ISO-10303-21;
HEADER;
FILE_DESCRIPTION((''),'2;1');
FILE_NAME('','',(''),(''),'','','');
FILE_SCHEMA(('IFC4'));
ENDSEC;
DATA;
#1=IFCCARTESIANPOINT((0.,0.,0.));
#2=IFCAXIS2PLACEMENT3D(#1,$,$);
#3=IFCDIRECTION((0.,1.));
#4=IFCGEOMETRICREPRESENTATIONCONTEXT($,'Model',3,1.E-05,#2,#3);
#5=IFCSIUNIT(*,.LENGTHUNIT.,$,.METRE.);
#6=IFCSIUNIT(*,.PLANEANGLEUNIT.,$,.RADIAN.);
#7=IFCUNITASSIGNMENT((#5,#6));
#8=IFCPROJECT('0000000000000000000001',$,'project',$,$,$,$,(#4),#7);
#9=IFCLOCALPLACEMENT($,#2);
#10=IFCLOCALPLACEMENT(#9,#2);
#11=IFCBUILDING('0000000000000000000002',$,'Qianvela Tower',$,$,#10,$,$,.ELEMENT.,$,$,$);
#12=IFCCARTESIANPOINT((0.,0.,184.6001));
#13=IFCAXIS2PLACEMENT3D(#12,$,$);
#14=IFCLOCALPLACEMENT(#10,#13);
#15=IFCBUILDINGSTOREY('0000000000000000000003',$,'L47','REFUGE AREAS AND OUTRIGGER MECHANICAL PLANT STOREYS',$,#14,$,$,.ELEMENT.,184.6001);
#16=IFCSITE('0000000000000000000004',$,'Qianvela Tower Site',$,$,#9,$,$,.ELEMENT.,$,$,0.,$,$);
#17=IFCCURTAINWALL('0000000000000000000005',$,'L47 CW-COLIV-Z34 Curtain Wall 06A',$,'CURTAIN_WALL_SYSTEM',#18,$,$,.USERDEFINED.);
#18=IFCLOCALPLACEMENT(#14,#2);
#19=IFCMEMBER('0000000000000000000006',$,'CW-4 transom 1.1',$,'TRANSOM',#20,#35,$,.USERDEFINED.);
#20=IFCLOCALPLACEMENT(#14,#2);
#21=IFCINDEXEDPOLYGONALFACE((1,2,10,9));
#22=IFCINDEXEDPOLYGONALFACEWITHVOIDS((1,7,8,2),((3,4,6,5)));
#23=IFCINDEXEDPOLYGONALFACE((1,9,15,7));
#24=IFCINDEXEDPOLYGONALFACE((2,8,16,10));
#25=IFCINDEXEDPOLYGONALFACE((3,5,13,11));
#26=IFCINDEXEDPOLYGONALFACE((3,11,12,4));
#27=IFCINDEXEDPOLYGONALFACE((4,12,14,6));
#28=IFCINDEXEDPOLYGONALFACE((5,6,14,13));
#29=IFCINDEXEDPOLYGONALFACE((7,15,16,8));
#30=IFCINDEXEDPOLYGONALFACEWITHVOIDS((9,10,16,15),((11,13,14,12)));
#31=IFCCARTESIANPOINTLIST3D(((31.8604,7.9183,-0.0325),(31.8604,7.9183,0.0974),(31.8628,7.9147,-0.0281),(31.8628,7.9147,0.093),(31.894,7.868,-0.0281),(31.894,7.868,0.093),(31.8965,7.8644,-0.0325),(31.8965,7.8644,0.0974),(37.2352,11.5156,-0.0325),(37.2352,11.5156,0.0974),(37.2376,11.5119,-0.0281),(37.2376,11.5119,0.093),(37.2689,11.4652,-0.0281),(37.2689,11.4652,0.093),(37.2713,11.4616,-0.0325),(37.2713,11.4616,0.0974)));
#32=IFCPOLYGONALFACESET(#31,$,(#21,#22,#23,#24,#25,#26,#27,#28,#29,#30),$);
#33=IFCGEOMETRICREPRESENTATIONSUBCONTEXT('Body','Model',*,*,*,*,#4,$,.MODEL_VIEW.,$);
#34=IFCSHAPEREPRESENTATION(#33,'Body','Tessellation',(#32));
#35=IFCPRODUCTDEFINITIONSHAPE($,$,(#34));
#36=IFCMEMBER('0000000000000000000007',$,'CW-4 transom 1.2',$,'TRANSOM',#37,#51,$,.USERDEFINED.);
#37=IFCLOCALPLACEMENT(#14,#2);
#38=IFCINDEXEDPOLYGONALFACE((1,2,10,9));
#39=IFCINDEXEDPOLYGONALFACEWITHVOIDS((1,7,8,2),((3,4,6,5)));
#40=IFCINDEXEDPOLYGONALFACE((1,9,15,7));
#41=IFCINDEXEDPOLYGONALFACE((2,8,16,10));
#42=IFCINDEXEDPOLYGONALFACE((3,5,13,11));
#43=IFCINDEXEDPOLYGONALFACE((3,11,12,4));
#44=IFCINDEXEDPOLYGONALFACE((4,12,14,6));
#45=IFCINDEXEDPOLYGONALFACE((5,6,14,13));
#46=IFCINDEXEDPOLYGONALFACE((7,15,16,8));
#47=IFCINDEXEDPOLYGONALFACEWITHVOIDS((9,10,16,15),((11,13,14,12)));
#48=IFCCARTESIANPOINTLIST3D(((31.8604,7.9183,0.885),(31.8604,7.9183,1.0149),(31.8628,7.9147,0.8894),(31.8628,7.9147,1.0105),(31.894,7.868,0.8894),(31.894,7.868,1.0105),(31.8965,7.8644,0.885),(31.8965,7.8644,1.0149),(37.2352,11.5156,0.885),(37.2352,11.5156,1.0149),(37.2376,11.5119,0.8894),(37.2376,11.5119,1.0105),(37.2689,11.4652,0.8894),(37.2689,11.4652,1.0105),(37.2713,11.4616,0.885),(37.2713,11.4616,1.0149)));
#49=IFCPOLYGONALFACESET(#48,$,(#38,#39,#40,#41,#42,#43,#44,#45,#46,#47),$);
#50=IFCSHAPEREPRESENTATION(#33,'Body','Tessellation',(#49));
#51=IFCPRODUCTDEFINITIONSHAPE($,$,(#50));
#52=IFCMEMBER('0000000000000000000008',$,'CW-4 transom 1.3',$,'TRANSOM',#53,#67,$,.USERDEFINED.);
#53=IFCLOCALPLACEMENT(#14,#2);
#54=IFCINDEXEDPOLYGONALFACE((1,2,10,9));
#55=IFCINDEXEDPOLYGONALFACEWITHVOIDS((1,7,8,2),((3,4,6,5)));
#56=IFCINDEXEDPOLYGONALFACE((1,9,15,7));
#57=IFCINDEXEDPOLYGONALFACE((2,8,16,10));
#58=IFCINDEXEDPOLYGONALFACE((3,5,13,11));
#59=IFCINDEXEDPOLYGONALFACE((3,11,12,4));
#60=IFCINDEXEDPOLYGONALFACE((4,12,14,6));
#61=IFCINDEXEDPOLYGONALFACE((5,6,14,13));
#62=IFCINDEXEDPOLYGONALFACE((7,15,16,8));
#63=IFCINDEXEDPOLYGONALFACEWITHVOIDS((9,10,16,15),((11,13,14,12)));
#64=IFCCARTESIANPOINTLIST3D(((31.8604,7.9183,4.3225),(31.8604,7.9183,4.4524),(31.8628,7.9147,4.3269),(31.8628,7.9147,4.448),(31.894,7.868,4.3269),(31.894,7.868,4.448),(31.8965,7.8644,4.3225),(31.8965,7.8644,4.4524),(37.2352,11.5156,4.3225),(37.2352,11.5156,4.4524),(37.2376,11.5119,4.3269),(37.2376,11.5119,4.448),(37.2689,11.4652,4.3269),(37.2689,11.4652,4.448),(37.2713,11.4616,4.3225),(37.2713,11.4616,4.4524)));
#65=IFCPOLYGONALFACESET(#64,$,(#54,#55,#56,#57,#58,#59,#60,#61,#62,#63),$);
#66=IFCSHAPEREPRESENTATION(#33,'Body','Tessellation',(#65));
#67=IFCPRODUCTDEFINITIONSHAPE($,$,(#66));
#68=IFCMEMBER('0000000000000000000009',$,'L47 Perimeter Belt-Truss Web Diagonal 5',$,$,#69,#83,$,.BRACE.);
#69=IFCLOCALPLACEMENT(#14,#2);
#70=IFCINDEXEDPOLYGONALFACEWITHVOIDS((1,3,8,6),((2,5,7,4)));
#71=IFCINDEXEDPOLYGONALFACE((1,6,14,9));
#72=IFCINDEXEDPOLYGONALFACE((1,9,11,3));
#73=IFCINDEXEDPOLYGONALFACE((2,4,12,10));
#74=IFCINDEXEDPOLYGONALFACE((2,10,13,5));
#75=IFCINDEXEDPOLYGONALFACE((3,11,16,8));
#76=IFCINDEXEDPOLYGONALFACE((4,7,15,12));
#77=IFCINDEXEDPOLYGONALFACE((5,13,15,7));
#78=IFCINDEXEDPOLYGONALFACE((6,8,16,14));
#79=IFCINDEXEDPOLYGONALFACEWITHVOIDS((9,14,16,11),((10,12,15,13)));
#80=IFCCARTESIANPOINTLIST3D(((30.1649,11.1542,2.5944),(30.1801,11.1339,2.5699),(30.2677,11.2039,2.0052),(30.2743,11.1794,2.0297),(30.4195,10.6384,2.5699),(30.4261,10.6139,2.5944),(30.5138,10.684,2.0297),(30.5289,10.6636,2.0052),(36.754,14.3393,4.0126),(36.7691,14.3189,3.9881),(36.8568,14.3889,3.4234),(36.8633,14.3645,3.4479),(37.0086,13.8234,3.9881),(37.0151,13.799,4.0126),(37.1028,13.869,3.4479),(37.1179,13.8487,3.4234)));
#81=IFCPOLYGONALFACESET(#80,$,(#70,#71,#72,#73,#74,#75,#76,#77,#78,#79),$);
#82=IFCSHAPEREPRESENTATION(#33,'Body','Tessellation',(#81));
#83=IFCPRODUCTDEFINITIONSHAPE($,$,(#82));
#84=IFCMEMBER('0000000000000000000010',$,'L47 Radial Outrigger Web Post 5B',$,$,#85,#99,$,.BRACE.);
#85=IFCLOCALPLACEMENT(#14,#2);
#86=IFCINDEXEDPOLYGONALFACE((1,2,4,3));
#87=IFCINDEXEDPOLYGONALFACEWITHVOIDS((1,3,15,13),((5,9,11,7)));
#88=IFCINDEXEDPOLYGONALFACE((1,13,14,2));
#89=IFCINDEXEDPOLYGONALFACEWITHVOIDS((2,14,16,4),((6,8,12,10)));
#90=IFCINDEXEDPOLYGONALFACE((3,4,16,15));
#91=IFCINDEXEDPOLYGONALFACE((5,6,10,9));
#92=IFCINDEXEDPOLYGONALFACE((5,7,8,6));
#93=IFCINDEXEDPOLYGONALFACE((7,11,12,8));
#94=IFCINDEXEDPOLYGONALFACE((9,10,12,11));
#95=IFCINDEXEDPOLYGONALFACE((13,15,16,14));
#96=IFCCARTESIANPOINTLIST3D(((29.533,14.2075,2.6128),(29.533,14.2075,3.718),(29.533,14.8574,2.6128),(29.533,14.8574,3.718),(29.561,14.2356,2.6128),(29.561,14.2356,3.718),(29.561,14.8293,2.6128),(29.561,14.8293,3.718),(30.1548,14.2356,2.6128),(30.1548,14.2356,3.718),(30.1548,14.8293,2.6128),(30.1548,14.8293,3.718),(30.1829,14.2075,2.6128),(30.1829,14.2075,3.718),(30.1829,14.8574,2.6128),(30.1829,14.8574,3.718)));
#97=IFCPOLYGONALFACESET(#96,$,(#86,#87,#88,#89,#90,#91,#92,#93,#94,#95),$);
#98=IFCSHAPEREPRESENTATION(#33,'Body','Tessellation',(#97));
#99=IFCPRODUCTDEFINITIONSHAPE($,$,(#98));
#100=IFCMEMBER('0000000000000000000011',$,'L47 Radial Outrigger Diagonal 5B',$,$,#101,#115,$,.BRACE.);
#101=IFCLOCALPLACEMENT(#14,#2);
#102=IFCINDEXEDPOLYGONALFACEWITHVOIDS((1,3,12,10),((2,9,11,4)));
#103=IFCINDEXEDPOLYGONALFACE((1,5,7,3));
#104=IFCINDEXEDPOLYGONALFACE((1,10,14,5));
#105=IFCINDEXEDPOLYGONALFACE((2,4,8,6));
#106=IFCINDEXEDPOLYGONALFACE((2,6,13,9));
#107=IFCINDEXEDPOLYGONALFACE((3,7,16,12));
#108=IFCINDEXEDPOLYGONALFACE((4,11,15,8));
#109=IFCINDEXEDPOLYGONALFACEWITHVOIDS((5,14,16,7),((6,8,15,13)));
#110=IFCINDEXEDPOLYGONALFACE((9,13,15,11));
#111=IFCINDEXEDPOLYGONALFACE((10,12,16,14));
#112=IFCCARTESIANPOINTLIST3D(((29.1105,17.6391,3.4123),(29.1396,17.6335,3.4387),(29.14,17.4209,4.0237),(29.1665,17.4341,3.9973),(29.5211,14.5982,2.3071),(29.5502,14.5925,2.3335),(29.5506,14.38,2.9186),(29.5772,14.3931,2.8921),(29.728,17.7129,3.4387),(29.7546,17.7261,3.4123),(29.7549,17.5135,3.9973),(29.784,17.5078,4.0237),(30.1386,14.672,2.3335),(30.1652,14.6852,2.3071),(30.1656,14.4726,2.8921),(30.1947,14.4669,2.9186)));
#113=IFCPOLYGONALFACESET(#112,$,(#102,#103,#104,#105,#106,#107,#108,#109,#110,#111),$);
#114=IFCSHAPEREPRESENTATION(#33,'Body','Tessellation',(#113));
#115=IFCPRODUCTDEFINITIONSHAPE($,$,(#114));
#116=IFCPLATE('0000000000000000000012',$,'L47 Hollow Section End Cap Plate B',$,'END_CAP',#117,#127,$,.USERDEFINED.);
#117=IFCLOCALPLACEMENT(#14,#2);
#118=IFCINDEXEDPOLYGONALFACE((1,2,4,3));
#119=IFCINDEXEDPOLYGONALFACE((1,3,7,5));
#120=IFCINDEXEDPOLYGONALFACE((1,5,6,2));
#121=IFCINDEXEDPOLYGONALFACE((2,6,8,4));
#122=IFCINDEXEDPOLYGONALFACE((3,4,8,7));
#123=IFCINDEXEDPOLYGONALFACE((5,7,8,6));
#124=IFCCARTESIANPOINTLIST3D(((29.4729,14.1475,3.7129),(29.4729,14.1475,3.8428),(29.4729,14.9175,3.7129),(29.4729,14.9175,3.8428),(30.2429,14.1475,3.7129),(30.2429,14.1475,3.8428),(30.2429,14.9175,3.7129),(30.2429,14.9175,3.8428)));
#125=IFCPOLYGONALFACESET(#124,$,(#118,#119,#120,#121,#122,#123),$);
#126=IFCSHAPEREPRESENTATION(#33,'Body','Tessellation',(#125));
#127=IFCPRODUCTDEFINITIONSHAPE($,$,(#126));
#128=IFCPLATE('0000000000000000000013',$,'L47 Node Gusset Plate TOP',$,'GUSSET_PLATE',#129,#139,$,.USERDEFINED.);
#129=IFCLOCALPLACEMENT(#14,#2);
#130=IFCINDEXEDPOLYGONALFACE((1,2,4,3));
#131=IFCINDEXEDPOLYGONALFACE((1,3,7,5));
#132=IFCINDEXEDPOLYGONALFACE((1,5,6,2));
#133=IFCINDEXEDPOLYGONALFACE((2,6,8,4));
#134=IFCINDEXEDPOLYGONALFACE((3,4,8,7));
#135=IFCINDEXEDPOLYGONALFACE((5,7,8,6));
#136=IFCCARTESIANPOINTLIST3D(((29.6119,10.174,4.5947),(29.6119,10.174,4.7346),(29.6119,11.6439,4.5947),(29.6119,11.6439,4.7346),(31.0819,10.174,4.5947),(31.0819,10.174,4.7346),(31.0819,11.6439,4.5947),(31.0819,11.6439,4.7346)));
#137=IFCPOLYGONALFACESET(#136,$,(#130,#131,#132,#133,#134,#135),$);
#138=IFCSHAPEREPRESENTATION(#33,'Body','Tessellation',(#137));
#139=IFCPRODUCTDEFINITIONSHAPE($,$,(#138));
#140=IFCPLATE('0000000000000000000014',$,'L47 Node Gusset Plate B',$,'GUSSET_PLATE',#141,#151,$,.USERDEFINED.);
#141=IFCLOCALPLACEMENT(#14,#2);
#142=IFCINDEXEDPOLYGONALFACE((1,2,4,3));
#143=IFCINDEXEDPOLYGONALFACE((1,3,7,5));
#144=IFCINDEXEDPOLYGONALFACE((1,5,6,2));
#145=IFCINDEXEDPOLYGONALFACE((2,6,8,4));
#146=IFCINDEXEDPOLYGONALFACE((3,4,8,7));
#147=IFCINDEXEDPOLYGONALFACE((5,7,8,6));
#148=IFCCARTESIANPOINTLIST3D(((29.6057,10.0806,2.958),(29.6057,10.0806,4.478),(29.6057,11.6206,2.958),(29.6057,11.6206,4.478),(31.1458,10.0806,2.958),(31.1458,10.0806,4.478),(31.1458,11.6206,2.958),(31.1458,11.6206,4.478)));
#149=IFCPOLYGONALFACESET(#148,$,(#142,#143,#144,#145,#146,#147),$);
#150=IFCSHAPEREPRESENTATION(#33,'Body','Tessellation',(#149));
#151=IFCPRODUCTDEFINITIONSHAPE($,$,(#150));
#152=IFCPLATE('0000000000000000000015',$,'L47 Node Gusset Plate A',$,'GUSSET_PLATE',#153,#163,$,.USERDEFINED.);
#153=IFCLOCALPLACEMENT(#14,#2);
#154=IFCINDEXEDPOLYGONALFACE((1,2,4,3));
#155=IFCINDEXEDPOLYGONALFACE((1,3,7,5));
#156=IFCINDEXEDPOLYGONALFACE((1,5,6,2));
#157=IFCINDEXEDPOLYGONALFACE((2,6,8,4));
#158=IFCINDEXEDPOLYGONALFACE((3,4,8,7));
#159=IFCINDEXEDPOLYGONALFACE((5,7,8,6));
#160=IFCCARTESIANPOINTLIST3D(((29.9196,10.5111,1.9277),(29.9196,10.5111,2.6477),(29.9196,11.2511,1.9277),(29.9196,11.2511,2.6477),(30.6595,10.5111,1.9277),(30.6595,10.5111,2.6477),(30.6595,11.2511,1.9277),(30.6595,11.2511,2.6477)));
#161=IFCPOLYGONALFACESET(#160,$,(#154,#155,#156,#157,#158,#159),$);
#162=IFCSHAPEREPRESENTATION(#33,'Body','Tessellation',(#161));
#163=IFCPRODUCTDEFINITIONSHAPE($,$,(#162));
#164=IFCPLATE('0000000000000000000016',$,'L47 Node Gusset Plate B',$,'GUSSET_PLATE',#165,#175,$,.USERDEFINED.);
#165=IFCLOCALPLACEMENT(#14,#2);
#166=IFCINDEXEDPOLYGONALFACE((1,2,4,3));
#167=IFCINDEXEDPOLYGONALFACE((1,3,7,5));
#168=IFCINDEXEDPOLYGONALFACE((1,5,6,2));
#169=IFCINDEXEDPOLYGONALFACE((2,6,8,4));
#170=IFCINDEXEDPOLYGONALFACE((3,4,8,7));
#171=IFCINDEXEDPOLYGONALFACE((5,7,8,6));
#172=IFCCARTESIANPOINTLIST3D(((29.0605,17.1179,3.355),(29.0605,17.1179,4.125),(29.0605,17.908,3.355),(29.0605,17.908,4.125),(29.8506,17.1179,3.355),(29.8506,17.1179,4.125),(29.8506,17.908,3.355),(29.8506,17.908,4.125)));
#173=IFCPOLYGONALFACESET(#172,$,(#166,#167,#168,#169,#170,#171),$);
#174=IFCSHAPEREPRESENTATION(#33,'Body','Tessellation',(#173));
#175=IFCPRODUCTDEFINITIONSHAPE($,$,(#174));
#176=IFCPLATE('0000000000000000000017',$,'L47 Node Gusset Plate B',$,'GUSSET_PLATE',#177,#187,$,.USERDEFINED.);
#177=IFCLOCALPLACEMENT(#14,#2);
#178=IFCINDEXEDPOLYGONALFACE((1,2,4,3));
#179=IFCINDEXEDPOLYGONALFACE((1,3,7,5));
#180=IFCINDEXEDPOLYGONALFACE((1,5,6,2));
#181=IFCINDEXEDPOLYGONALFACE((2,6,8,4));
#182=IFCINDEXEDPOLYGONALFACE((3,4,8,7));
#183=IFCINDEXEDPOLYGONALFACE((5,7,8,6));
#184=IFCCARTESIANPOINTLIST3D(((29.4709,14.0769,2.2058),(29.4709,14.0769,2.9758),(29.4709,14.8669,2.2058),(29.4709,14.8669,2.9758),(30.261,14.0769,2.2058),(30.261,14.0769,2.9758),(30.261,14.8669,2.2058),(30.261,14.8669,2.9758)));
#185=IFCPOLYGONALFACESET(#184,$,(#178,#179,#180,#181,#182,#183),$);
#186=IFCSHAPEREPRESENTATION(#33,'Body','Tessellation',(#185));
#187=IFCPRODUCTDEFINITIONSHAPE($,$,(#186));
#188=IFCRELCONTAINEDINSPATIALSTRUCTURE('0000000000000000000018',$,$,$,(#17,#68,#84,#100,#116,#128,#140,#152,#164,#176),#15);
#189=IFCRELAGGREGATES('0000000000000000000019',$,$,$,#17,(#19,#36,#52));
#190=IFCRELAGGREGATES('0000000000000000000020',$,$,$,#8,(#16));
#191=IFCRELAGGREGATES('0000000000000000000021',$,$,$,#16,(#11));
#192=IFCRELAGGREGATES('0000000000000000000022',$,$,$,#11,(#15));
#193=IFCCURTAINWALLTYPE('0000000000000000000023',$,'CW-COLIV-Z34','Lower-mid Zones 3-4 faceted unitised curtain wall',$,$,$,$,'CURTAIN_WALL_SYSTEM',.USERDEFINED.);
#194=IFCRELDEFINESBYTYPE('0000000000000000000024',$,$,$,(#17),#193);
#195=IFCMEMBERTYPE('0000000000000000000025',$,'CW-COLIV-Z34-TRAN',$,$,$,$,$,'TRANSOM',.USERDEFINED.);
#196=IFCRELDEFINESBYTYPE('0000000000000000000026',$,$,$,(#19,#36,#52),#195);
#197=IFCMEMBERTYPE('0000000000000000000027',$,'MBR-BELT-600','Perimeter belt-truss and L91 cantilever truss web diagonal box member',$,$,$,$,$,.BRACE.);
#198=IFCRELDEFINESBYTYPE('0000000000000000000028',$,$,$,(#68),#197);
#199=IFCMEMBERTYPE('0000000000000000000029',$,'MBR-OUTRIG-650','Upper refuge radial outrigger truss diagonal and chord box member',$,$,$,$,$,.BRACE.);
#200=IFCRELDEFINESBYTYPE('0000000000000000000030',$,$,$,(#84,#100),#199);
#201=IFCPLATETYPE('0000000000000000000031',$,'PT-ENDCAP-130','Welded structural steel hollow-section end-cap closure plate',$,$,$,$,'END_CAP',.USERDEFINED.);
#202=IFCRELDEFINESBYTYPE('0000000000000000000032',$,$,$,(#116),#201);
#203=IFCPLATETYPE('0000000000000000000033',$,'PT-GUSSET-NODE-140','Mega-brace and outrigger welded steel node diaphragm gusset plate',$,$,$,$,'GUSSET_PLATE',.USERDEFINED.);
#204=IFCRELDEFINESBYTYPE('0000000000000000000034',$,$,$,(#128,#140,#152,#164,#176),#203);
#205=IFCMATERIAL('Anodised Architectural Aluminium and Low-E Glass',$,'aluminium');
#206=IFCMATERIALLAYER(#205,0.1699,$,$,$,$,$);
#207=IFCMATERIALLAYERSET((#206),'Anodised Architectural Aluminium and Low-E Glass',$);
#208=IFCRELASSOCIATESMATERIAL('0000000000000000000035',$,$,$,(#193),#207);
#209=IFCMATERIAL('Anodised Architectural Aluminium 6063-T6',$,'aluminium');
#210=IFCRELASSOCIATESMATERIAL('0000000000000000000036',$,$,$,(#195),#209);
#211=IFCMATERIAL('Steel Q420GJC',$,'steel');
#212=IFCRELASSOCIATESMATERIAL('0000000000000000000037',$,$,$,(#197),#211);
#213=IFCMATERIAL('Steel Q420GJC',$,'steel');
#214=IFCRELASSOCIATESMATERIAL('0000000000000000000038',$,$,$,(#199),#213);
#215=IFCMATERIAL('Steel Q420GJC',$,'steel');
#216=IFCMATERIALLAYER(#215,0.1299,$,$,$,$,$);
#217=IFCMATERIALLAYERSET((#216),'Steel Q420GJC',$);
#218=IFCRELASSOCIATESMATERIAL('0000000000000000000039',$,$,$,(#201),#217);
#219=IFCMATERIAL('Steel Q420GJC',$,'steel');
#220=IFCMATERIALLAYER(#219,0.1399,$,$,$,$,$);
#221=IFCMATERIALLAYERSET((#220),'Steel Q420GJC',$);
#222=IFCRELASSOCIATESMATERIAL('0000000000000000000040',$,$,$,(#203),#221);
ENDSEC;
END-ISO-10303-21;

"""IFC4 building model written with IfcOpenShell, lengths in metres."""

from ifc_helpers import new_model, si_unit, direction, frame, origin, origin_2d, place, context, subcontext, project, spatial, rectangle, hollow_rectangle, extrude, material, layer, layer_set, material_profile, profile_set, type_object, element, aggregate, save


model = new_model("IFC4")

# Units and contexts
model_context = context("Model", 3, precision=1e-05, world=origin(), true_north=direction((0.0, 1.0)))
body_context = subcontext(model_context, "Body", "Model", "MODEL_VIEW")
ifc_project = project(units=[si_unit("LENGTHUNIT", "METRE"), si_unit("PLANEANGLEUNIT", "RADIAN")], contexts=[model_context])

# Site, building, storey
site_placement = place(None, origin())
site = spatial("IfcSite", under=ifc_project, at=site_placement, Name="Qianvela Tower Site", CompositionType="ELEMENT", RefElevation=0.0)
building_placement = place(site_placement, origin())
building = spatial("IfcBuilding", under=site, at=building_placement, Name="Qianvela Tower", CompositionType="ELEMENT")
storey_placement = place(building_placement, frame((0.0, 0.0, 184.6001)))
storey = spatial("IfcBuildingStorey", under=building, at=storey_placement, Name="L47", Description="REFUGE AREAS AND OUTRIGGER MECHANICAL PLANT STOREYS", CompositionType="ELEMENT", Elevation=184.6001)

# Curtain wall, members
ifc_material_1 = material(Name="Anodised Architectural Aluminium and Low-E Glass", Category="aluminium")
ifc_layer_1 = layer(ifc_material_1, 0.1699)
ifc_layer_set_1 = layer_set([ifc_layer_1], Name="Anodised Architectural Aluminium and Low-E Glass")
curtain_wall_type = type_object("IfcCurtainWallType", Name="CW-COLIV-Z34", Description="Lower-mid Zones 3-4 faceted unitised curtain wall", ElementType="CURTAIN_WALL_SYSTEM", PredefinedType="USERDEFINED", material=ifc_layer_set_1)
curtain_wall_placement = place(storey_placement, origin())
curtain_wall = element("IfcCurtainWall", 1, at=curtain_wall_placement, inside=storey, type_object=curtain_wall_type, Name="L47 CW-COLIV-Z34 Curtain Wall 06A", ObjectType="CURTAIN_WALL_SYSTEM", PredefinedType="USERDEFINED")
ifc_material_2 = material(Name="Anodised Architectural Aluminium 6063-T6", Category="aluminium")
ifc_material_profile_1 = material_profile(ifc_material_2, hollow_rectangle(XDim=0.0649, YDim=0.1299, WallThickness=0.0044, at=origin_2d()), Name="ALU-TRAN-65x130")
ifc_profile_set_1 = profile_set([ifc_material_profile_1], Name="Anodised Architectural Aluminium 6063-T6")
member_type_1 = type_object("IfcMemberType", Name="CW-COLIV-Z34-TRAN", ElementType="TRANSOM", PredefinedType="USERDEFINED", material=ifc_profile_set_1)
member_1_placement = place(storey_placement, frame((31.8784, 7.8914, 0.0325), z_axis=(0.83105, 0.556198, 0.0), x_axis=(-0.556198, 0.83105, 0.0)))
member_1 = element("IfcMember", 2, at=member_1_placement, type_object=member_type_1, Name="CW-4 transom 1.1", ObjectType="TRANSOM", PredefinedType="USERDEFINED", context=body_context, shape_type="SweptSolid", body=[
    extrude(hollow_rectangle(XDim=0.0649, YDim=0.1299, WallThickness=0.0044, at=origin_2d()), origin(), (0.0, 0.0, 1.0), 6.4675),
])
member_2_placement = place(storey_placement, frame((31.8784, 7.8914, 0.95), z_axis=(0.83105, 0.556198, 0.0), x_axis=(-0.556198, 0.83105, 0.0)))
member_2 = element("IfcMember", 3, at=member_2_placement, type_object=member_type_1, Name="CW-4 transom 1.2", ObjectType="TRANSOM", PredefinedType="USERDEFINED", context=body_context, shape_type="SweptSolid", body=[
    extrude(hollow_rectangle(XDim=0.0649, YDim=0.1299, WallThickness=0.0044, at=origin_2d()), origin(), (0.0, 0.0, 1.0), 6.4675),
])
member_3_placement = place(storey_placement, frame((31.8784, 7.8914, 4.3875), z_axis=(0.83105, 0.556198, 0.0), x_axis=(-0.556198, 0.83105, 0.0)))
member_3 = element("IfcMember", 4, at=member_3_placement, type_object=member_type_1, Name="CW-4 transom 1.3", ObjectType="TRANSOM", PredefinedType="USERDEFINED", context=body_context, shape_type="SweptSolid", body=[
    extrude(hollow_rectangle(XDim=0.0649, YDim=0.1299, WallThickness=0.0044, at=origin_2d()), origin(), (0.0, 0.0, 1.0), 6.4675),
])
aggregate(curtain_wall, [member_1, member_2, member_3])

# Members
ifc_material_3 = material(Name="Steel Q420GJC", Category="steel")
ifc_material_profile_2 = material_profile(ifc_material_3, hollow_rectangle(XDim=0.6001, YDim=0.6001, WallThickness=0.0249, at=origin_2d()), Name="BBOX-600x600x25")
ifc_profile_set_2 = profile_set([ifc_material_profile_2], Name="Steel Q420GJC")
member_type_2 = type_object("IfcMemberType", Name="MBR-BELT-600", Description="Perimeter belt-truss and L91 cantilever truss web diagonal box member", PredefinedType="BRACE", material=ifc_profile_set_2)
member_4_placement = place(storey_placement, frame((30.3469, 10.9089, 2.2998), z_axis=(0.883889, 0.427256, 0.190245), x_axis=(-0.435204, 0.900332, 0.0)))
element("IfcMember", 5, at=member_4_placement, inside=storey, type_object=member_type_2, Name="L47 Perimeter Belt-Truss Web Diagonal 5", PredefinedType="BRACE", context=body_context, shape_type="SweptSolid", body=[
    extrude(hollow_rectangle(XDim=0.6001, YDim=0.6001, WallThickness=0.0249, at=origin_2d()), origin(), (0.0, 0.0, 1.0), 7.4546),
])
ifc_material_4 = material(Name="Steel Q420GJC", Category="steel")
ifc_material_profile_3 = material_profile(ifc_material_4, hollow_rectangle(XDim=0.6499, YDim=0.6499, WallThickness=0.0281, at=origin_2d()), Name="OBOX-650x650x28")
ifc_profile_set_3 = profile_set([ifc_material_profile_3], Name="Steel Q420GJC")
member_type_3 = type_object("IfcMemberType", Name="MBR-OUTRIG-650", Description="Upper refuge radial outrigger truss diagonal and chord box member", PredefinedType="BRACE", material=ifc_profile_set_3)
member_5_placement = place(storey_placement, frame((29.8579, 14.5325, 2.6128), z_axis=(0.0, 0.0, 1.0), x_axis=(1.0, 0.0, 0.0)))
element("IfcMember", 6, at=member_5_placement, inside=storey, type_object=member_type_3, Name="L47 Radial Outrigger Web Post 5B", PredefinedType="BRACE", context=body_context, shape_type="SweptSolid", body=[
    extrude(hollow_rectangle(XDim=0.6499, YDim=0.6499, WallThickness=0.0281, at=origin_2d()), origin(), (0.0, 0.0, 1.0), 1.1052),
])
member_6_placement = place(storey_placement, frame((29.4473, 17.5735, 3.718), z_axis=(0.125903, -0.932374, -0.338861), x_axis=(0.991006, 0.133821, 0.0)))
element("IfcMember", 7, at=member_6_placement, inside=storey, type_object=member_type_3, Name="L47 Radial Outrigger Diagonal 5B", PredefinedType="BRACE", context=body_context, shape_type="SweptSolid", body=[
    extrude(hollow_rectangle(XDim=0.6499, YDim=0.6499, WallThickness=0.0281, at=origin_2d()), origin(), (0.0, 0.0, 1.0), 3.2615),
])

# Plates
ifc_material_5 = material(Name="Steel Q420GJC", Category="steel")
ifc_layer_2 = layer(ifc_material_5, 0.1299)
ifc_layer_set_2 = layer_set([ifc_layer_2], Name="Steel Q420GJC")
plate_type_1 = type_object("IfcPlateType", Name="PT-ENDCAP-130", Description="Welded structural steel hollow-section end-cap closure plate", ElementType="END_CAP", PredefinedType="USERDEFINED", material=ifc_layer_set_2)
plate_1_placement = place(storey_placement, frame((29.8579, 14.5325, 3.7129), z_axis=(0.0, 0.0, 1.0), x_axis=(1.0, 0.0, 0.0)))
element("IfcPlate", 8, at=plate_1_placement, inside=storey, type_object=plate_type_1, Name="L47 Hollow Section End Cap Plate B", ObjectType="END_CAP", PredefinedType="USERDEFINED", context=body_context, shape_type="SweptSolid", body=[
    extrude(rectangle(XDim=0.77, YDim=0.77, at=origin_2d()), origin(), (0.0, 0.0, 1.0), 0.1299),
])
ifc_material_6 = material(Name="Steel Q420GJC", Category="steel")
ifc_layer_3 = layer(ifc_material_6, 0.1399)
ifc_layer_set_3 = layer_set([ifc_layer_3], Name="Steel Q420GJC")
plate_type_2 = type_object("IfcPlateType", Name="PT-GUSSET-NODE-140", Description="Mega-brace and outrigger welded steel node diaphragm gusset plate", ElementType="GUSSET_PLATE", PredefinedType="USERDEFINED", material=ifc_layer_set_3)
plate_2_placement = place(storey_placement, frame((30.3469, 10.9089, 4.5947), z_axis=(0.0, 0.0, 1.0), x_axis=(1.0, 0.0, 0.0)))
element("IfcPlate", 9, at=plate_2_placement, inside=storey, type_object=plate_type_2, Name="L47 Node Gusset Plate TOP", ObjectType="GUSSET_PLATE", PredefinedType="USERDEFINED", context=body_context, shape_type="SweptSolid", body=[
    extrude(rectangle(XDim=1.47, YDim=1.47, at=origin_2d()), origin(), (0.0, 0.0, 1.0), 0.1399),
])
plate_3_placement = place(storey_placement, frame((30.3757, 10.8506, 2.958), z_axis=(0.0, 0.0, 1.0), x_axis=(1.0, 0.0, 0.0)))
element("IfcPlate", 10, at=plate_3_placement, inside=storey, type_object=plate_type_2, Name="L47 Node Gusset Plate B", ObjectType="GUSSET_PLATE", PredefinedType="USERDEFINED", context=body_context, shape_type="SweptSolid", body=[
    extrude(rectangle(XDim=1.54, YDim=1.54, at=origin_2d()), origin(), (0.0, 0.0, 1.0), 1.52),
])
plate_4_placement = place(storey_placement, frame((30.2896, 10.8811, 1.9277), z_axis=(0.0, 0.0, 1.0), x_axis=(1.0, 0.0, 0.0)))
element("IfcPlate", 11, at=plate_4_placement, inside=storey, type_object=plate_type_2, Name="L47 Node Gusset Plate A", ObjectType="GUSSET_PLATE", PredefinedType="USERDEFINED", context=body_context, shape_type="SweptSolid", body=[
    extrude(rectangle(XDim=0.74, YDim=0.74, at=origin_2d()), origin(), (0.0, 0.0, 1.0), 0.72),
])
for number, where, z_axis, x_axis, name in (
    (12, (29.4556, 17.5129, 3.355), (0.0, 0.0, 1.0), (1.0, 0.0, 0.0), "L47 Node Gusset Plate B"),
    (13, (29.866, 14.4719, 2.2058), (0.0, 0.0, 1.0), (1.0, 0.0, 0.0), "L47 Node Gusset Plate B"),
):
    element("IfcPlate", number, at=place(storey_placement, frame(where, z_axis=z_axis, x_axis=x_axis)), inside=storey, type_object=plate_type_2, Name=name, ObjectType="GUSSET_PLATE", PredefinedType="USERDEFINED", context=body_context, shape_type="SweptSolid", body=[
        extrude(rectangle(XDim=0.79, YDim=0.79, at=origin_2d()), origin(), (0.0, 0.0, 1.0), 0.77),
    ])

save(model, "model.ifc")
